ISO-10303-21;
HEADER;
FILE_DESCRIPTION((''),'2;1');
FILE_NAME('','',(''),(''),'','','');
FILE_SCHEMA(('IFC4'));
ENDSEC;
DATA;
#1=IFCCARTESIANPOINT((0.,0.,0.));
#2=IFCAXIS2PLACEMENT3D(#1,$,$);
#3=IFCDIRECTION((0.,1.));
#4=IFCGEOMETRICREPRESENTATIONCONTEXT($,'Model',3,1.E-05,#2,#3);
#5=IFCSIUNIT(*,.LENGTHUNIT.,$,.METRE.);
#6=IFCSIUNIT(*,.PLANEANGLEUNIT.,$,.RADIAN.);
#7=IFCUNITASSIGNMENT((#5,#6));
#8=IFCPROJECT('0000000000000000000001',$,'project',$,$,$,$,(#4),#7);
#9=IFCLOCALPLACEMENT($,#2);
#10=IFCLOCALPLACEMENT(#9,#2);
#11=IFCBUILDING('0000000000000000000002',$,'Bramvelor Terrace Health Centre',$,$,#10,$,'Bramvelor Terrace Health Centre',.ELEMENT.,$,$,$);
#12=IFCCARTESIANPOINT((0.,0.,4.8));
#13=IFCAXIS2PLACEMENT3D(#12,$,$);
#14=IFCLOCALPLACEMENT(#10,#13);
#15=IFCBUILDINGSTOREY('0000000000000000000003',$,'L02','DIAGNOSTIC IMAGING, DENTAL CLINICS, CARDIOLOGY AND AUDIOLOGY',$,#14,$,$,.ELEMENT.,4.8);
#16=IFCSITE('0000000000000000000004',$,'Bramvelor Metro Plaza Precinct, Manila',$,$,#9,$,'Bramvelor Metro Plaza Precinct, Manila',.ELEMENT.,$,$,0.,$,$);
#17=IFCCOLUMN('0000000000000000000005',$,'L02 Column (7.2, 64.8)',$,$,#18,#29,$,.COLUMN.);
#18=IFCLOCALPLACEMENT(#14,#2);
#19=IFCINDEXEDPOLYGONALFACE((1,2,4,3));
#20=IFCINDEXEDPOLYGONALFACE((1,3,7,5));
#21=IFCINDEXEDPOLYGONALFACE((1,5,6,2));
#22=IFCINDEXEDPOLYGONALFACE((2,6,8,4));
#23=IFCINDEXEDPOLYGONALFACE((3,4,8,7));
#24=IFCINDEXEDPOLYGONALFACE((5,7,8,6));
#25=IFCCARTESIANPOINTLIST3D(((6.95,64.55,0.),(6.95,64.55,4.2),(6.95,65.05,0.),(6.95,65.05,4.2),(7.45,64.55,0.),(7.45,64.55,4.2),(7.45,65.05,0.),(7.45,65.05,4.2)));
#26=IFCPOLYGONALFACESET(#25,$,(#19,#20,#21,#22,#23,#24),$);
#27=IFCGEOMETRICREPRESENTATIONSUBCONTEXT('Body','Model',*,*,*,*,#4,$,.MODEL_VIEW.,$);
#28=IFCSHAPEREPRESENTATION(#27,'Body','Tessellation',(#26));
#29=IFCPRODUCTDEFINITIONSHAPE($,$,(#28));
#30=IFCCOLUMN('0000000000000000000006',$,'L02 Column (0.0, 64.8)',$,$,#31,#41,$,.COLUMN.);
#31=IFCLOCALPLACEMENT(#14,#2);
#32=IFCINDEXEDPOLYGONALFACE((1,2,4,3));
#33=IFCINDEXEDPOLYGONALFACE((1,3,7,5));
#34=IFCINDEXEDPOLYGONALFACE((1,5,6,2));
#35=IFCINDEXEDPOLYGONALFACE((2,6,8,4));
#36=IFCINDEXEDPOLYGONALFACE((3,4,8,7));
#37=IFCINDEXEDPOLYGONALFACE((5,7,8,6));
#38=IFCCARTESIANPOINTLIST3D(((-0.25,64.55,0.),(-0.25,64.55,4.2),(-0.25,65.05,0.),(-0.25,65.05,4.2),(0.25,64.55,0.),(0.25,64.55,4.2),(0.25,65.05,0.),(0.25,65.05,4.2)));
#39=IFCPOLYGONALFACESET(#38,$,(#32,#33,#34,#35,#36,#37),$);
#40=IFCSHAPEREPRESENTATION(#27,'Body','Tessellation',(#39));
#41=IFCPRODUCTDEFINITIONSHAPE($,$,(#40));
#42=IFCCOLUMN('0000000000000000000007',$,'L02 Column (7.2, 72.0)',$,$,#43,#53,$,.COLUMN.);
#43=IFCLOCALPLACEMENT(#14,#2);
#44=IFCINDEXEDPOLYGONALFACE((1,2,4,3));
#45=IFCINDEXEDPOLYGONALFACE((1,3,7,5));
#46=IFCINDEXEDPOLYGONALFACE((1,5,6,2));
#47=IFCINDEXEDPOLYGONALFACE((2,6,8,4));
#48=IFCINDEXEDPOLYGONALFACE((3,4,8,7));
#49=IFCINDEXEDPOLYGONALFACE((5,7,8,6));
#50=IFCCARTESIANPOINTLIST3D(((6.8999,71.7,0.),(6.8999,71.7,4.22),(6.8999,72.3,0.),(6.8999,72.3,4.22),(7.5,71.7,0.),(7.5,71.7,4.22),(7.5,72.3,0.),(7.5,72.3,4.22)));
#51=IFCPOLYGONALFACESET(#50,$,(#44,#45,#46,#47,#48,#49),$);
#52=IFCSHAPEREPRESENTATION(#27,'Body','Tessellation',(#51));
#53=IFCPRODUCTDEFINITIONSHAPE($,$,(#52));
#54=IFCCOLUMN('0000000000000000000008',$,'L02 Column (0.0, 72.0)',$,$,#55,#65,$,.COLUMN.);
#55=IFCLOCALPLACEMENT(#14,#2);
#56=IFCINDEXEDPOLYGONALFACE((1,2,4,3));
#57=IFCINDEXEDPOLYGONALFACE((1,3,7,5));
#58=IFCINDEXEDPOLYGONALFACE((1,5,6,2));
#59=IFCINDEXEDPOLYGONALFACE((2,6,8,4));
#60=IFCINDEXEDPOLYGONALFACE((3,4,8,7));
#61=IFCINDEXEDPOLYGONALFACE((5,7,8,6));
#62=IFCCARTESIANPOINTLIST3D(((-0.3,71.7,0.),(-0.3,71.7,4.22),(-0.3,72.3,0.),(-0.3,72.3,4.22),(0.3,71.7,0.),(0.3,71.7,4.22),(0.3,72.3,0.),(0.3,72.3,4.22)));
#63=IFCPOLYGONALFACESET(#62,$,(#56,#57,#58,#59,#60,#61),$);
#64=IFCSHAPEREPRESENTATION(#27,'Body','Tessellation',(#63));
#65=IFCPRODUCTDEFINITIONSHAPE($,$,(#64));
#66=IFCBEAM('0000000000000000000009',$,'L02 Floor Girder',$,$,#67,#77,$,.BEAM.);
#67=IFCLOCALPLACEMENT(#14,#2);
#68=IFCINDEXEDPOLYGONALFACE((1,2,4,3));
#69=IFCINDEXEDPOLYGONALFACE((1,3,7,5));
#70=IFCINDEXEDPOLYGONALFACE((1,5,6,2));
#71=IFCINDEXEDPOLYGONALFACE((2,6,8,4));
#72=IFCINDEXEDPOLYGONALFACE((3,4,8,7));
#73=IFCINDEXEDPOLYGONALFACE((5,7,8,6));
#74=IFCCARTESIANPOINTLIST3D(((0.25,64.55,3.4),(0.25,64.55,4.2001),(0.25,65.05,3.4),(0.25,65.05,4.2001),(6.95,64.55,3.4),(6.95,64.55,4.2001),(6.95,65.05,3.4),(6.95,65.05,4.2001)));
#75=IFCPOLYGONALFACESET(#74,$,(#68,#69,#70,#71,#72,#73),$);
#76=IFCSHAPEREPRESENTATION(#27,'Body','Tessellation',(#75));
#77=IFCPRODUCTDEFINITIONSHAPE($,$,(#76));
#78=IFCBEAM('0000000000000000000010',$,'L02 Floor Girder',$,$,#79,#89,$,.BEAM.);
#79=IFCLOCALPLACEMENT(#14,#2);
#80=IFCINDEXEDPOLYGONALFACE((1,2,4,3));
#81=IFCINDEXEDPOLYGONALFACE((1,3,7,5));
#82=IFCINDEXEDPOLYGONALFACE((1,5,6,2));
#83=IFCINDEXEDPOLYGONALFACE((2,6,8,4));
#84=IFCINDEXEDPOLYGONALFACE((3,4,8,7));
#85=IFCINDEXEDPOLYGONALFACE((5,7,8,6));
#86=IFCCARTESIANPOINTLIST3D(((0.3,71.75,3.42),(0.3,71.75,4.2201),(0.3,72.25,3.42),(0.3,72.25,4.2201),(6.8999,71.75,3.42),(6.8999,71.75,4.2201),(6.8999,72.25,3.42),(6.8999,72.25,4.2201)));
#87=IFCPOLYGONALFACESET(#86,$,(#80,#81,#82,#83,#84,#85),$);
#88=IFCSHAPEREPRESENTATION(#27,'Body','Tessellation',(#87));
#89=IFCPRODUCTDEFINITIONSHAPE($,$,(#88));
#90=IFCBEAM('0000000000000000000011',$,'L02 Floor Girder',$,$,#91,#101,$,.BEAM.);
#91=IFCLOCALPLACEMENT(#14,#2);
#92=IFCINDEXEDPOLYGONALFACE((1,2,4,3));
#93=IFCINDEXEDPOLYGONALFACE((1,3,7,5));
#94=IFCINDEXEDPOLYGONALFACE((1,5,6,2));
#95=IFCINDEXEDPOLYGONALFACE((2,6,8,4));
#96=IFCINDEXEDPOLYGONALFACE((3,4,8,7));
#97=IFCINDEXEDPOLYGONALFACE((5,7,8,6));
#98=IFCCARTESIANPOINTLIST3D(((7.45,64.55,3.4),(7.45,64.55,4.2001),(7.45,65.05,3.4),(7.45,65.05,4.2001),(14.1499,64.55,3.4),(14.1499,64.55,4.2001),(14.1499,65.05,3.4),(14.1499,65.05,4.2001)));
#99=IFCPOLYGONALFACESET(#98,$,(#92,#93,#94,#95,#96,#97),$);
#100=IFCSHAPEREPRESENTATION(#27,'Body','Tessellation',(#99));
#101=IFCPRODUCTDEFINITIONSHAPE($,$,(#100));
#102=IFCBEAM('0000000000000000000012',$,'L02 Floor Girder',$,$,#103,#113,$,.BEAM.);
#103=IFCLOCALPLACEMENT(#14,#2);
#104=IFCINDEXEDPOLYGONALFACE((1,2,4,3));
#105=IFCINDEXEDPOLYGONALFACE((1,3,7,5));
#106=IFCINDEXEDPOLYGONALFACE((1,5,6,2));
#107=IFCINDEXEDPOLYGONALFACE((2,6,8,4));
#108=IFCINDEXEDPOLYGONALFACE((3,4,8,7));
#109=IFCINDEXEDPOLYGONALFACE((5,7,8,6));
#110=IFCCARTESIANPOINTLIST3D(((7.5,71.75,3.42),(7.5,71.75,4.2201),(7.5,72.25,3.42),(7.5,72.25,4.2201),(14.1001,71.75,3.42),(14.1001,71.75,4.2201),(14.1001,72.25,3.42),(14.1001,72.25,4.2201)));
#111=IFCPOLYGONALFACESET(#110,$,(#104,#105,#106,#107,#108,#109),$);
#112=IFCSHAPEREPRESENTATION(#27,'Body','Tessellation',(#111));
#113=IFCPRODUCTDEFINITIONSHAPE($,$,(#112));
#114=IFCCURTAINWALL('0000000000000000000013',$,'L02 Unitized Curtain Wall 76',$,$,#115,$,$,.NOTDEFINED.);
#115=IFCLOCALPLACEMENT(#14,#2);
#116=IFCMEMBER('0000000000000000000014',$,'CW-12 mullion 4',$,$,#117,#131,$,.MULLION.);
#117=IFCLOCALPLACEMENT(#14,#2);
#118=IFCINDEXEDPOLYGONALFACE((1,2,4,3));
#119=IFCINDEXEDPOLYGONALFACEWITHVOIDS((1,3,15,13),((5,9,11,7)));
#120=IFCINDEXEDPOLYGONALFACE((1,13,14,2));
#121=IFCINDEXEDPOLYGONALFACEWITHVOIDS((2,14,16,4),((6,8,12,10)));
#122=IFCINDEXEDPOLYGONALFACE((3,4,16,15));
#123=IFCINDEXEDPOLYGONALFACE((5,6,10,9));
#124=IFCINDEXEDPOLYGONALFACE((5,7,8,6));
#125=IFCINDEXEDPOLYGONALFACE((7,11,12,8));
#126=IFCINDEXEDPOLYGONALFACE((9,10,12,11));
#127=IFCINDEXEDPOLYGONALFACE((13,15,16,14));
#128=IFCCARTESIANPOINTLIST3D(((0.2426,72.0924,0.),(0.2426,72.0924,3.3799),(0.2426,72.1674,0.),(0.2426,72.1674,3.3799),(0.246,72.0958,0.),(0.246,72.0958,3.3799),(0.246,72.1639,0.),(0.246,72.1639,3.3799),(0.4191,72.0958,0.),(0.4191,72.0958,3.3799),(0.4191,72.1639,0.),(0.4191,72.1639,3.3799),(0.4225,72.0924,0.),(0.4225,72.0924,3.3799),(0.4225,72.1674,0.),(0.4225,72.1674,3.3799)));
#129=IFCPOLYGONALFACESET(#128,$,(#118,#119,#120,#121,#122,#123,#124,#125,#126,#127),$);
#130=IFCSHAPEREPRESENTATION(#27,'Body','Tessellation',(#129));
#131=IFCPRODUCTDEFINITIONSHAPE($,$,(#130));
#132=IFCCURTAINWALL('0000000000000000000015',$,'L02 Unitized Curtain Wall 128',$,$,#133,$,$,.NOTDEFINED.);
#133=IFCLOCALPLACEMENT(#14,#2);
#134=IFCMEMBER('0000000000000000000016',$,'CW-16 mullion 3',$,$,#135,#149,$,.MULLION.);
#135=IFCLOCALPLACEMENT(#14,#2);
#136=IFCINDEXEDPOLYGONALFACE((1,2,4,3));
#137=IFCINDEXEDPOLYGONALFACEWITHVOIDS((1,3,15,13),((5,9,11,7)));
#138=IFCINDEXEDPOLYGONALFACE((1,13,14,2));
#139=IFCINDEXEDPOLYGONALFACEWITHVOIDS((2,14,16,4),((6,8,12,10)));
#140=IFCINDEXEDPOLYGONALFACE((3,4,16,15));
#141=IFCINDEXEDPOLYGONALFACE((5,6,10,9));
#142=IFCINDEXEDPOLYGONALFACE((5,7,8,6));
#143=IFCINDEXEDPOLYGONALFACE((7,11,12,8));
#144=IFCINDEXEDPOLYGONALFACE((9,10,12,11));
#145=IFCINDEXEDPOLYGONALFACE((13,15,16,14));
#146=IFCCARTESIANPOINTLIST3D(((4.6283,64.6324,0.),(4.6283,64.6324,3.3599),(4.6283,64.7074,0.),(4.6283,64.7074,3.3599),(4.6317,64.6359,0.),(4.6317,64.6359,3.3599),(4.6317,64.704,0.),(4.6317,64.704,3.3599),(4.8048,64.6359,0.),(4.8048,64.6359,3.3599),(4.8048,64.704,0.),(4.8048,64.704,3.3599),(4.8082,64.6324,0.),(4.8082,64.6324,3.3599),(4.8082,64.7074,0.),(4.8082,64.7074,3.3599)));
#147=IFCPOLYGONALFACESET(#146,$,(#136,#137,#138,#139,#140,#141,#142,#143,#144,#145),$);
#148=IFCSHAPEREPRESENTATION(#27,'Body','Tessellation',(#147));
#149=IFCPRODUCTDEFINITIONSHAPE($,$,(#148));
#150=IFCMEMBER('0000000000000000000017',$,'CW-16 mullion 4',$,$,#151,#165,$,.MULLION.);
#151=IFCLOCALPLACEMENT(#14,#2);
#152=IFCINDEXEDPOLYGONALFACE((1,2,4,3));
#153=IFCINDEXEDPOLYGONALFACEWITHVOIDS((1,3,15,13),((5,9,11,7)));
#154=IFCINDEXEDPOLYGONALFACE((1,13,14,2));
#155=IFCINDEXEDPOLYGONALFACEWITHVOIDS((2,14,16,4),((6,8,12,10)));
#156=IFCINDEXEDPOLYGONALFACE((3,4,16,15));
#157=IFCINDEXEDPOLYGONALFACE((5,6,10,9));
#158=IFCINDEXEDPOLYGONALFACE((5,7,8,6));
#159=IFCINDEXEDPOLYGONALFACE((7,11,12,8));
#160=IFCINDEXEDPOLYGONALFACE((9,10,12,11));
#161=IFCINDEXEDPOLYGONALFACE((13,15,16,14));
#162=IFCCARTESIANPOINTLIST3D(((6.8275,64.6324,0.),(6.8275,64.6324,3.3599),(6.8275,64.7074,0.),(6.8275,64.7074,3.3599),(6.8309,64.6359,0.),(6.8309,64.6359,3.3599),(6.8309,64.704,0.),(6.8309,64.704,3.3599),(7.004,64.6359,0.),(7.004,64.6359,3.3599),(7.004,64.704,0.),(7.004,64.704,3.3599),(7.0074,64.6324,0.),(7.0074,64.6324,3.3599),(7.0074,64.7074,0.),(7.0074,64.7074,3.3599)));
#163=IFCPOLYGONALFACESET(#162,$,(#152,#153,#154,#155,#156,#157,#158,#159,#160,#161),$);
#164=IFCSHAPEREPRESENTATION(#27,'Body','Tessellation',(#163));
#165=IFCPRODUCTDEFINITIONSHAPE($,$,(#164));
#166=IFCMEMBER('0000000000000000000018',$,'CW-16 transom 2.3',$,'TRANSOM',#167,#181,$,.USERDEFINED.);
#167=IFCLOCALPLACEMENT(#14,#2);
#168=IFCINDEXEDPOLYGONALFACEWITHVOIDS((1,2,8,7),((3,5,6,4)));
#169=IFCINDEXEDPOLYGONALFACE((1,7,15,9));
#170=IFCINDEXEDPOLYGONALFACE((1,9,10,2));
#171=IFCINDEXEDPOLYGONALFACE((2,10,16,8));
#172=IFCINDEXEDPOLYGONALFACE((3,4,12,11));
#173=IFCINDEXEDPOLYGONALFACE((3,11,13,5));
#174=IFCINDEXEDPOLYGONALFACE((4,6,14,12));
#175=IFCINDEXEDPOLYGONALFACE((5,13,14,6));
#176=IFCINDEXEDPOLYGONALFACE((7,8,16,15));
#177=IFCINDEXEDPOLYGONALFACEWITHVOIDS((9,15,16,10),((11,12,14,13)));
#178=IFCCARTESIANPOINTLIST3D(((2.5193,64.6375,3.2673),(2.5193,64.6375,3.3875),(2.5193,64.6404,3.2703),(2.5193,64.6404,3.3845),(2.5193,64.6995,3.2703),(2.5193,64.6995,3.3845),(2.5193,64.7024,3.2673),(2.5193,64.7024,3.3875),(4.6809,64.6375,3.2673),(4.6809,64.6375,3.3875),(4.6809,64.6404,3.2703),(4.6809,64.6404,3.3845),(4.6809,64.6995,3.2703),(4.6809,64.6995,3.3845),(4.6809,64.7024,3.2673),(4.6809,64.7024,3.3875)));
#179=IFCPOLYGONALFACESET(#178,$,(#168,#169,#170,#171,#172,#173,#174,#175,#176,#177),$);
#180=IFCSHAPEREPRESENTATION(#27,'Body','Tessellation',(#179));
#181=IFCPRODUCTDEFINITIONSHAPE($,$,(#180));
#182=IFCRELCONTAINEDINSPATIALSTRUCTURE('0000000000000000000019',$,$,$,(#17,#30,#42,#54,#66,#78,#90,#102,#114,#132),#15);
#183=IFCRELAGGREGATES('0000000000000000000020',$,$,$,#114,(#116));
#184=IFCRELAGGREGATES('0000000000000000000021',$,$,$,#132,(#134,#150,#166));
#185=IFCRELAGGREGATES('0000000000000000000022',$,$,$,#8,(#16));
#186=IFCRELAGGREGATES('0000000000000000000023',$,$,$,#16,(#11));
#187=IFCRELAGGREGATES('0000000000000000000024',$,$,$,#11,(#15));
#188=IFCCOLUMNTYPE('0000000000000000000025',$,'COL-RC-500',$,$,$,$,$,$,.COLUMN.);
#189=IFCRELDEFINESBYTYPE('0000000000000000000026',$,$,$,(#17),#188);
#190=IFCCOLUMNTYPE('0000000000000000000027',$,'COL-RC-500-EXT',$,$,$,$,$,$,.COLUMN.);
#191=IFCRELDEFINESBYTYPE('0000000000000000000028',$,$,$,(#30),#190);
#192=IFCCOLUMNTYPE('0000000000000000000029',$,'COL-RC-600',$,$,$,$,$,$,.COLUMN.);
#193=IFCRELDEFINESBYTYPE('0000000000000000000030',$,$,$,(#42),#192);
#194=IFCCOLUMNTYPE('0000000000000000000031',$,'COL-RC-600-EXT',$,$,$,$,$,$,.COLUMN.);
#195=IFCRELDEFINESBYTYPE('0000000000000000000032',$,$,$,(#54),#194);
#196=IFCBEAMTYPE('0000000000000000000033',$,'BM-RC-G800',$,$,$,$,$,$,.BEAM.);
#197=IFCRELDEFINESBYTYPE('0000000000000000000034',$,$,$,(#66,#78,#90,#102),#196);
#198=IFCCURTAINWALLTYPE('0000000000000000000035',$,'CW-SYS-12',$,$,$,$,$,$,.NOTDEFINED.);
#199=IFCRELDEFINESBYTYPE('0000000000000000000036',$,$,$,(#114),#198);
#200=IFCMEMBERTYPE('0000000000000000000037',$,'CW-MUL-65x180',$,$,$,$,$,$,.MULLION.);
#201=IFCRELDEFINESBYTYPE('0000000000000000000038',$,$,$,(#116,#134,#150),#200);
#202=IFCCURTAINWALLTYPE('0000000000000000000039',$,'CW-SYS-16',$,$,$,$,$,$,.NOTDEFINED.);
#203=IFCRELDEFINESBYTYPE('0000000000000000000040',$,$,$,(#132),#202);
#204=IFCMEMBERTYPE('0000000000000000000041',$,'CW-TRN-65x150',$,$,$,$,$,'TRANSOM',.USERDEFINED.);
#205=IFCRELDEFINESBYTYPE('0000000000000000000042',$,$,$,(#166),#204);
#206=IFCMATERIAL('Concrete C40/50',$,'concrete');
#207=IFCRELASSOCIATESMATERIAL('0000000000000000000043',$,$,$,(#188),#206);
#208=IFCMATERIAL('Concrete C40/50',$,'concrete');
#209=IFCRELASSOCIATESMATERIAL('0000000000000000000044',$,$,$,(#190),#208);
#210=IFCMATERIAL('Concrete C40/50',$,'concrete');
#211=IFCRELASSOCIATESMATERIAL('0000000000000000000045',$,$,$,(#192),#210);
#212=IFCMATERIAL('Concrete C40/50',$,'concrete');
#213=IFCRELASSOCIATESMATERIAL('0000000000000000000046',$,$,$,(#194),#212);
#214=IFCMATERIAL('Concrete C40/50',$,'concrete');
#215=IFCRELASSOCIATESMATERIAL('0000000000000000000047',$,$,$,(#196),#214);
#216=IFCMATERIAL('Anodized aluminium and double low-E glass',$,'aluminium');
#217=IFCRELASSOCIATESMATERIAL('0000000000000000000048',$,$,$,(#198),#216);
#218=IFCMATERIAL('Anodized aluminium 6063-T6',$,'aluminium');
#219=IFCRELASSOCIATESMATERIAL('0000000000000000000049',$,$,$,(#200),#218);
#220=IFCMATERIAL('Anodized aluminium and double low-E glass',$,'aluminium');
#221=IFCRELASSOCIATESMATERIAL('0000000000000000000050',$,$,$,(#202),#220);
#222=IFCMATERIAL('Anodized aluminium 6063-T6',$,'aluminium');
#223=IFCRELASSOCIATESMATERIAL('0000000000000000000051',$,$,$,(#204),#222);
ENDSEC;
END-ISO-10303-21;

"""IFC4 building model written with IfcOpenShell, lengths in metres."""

from ifc_helpers import new_model, si_unit, direction, frame, origin, origin_2d, place, context, subcontext, project, spatial, rectangle, hollow_rectangle, extrude, material, material_profile, profile_set, type_object, element, aggregate, save


model = new_model("IFC4")

# Units and contexts
model_context = context("Model", 3, precision=1e-05, world=origin(), true_north=direction((0.0, 1.0)))
body_context = subcontext(model_context, "Body", "Model", "MODEL_VIEW")
ifc_project = project(units=[si_unit("LENGTHUNIT", "METRE"), si_unit("PLANEANGLEUNIT", "RADIAN")], contexts=[model_context])

# Site, building, storey
site_placement = place(None, origin())
site = spatial("IfcSite", under=ifc_project, at=site_placement, Name="Bramvelor Metro Plaza Precinct, Manila", LongName="Bramvelor Metro Plaza Precinct, Manila", CompositionType="ELEMENT", RefElevation=0.0)
building_placement = place(site_placement, origin())
building = spatial("IfcBuilding", under=site, at=building_placement, Name="Bramvelor Terrace Health Centre", LongName="Bramvelor Terrace Health Centre", CompositionType="ELEMENT")
storey_placement = place(building_placement, frame((0.0, 0.0, 4.8)))
storey = spatial("IfcBuildingStorey", under=building, at=storey_placement, Name="L02", Description="DIAGNOSTIC IMAGING, DENTAL CLINICS, CARDIOLOGY AND AUDIOLOGY", CompositionType="ELEMENT", Elevation=4.8)

# Columns
ifc_material_1 = material(Name="Concrete C40/50", Category="concrete")
ifc_material_profile_1 = material_profile(ifc_material_1, rectangle(XDim=0.5, YDim=0.5, at=origin_2d()), Name="RC 500x500")
ifc_profile_set_1 = profile_set([ifc_material_profile_1], Name="Concrete C40/50")
column_type_1 = type_object("IfcColumnType", Name="COL-RC-500", PredefinedType="COLUMN", material=ifc_profile_set_1)
column_1_placement = place(storey_placement, frame((7.2, 64.8, 0.0), z_axis=(0.0, 0.0, 1.0), x_axis=(1.0, 0.0, 0.0)))
element("IfcColumn", 1, at=column_1_placement, inside=storey, type_object=column_type_1, Name="L02 Column (7.2, 64.8)", PredefinedType="COLUMN", context=body_context, shape_type="SweptSolid", body=[
    extrude(rectangle(XDim=0.5, YDim=0.5, at=origin_2d()), origin(), (0.0, 0.0, 1.0), 4.2),
])
ifc_material_2 = material(Name="Concrete C40/50", Category="concrete")
ifc_material_profile_2 = material_profile(ifc_material_2, rectangle(XDim=0.5, YDim=0.5, at=origin_2d()), Name="RC 500x500")
ifc_profile_set_2 = profile_set([ifc_material_profile_2], Name="Concrete C40/50")
column_type_2 = type_object("IfcColumnType", Name="COL-RC-500-EXT", PredefinedType="COLUMN", material=ifc_profile_set_2)
column_2_placement = place(storey_placement, frame((0.0, 64.8, 0.0), z_axis=(0.0, 0.0, 1.0), x_axis=(1.0, 0.0, 0.0)))
element("IfcColumn", 2, at=column_2_placement, inside=storey, type_object=column_type_2, Name="L02 Column (0.0, 64.8)", PredefinedType="COLUMN", context=body_context, shape_type="SweptSolid", body=[
    extrude(rectangle(XDim=0.5, YDim=0.5, at=origin_2d()), origin(), (0.0, 0.0, 1.0), 4.2),
])
ifc_material_3 = material(Name="Concrete C40/50", Category="concrete")
ifc_material_profile_3 = material_profile(ifc_material_3, rectangle(XDim=0.6001, YDim=0.6001, at=origin_2d()), Name="RC 600x600")
ifc_profile_set_3 = profile_set([ifc_material_profile_3], Name="Concrete C40/50")
column_type_3 = type_object("IfcColumnType", Name="COL-RC-600", PredefinedType="COLUMN", material=ifc_profile_set_3)
column_3_placement = place(storey_placement, frame((7.2, 72.0, 0.0), z_axis=(0.0, 0.0, 1.0), x_axis=(1.0, 0.0, 0.0)))
element("IfcColumn", 3, at=column_3_placement, inside=storey, type_object=column_type_3, Name="L02 Column (7.2, 72.0)", PredefinedType="COLUMN", context=body_context, shape_type="SweptSolid", body=[
    extrude(rectangle(XDim=0.6001, YDim=0.6001, at=origin_2d()), origin(), (0.0, 0.0, 1.0), 4.22),
])
ifc_material_4 = material(Name="Concrete C40/50", Category="concrete")
ifc_material_profile_4 = material_profile(ifc_material_4, rectangle(XDim=0.6001, YDim=0.6001, at=origin_2d()), Name="RC 600x600")
ifc_profile_set_4 = profile_set([ifc_material_profile_4], Name="Concrete C40/50")
column_type_4 = type_object("IfcColumnType", Name="COL-RC-600-EXT", PredefinedType="COLUMN", material=ifc_profile_set_4)
column_4_placement = place(storey_placement, frame((0.0, 72.0, 0.0), z_axis=(0.0, 0.0, 1.0), x_axis=(1.0, 0.0, 0.0)))
element("IfcColumn", 4, at=column_4_placement, inside=storey, type_object=column_type_4, Name="L02 Column (0.0, 72.0)", PredefinedType="COLUMN", context=body_context, shape_type="SweptSolid", body=[
    extrude(rectangle(XDim=0.6001, YDim=0.6001, at=origin_2d()), origin(), (0.0, 0.0, 1.0), 4.22),
])

# Beams
ifc_material_5 = material(Name="Concrete C40/50", Category="concrete")
ifc_material_profile_5 = material_profile(ifc_material_5, rectangle(XDim=0.5, YDim=0.8, at=origin_2d()), Name="RC 500x800")
ifc_profile_set_5 = profile_set([ifc_material_profile_5], Name="Concrete C40/50")
beam_type = type_object("IfcBeamType", Name="BM-RC-G800", PredefinedType="BEAM", material=ifc_profile_set_5)
beam_1_placement = place(storey_placement, frame((0.25, 64.8, 3.8), z_axis=(1.0, 0.0, 0.0), x_axis=(0.0, 1.0, 0.0)))
element("IfcBeam", 5, at=beam_1_placement, inside=storey, type_object=beam_type, Name="L02 Floor Girder", PredefinedType="BEAM", context=body_context, shape_type="SweptSolid", body=[
    extrude(rectangle(XDim=0.5, YDim=0.8, at=origin_2d()), origin(), (0.0, 0.0, 1.0), 6.7),
])
beam_2_placement = place(storey_placement, frame((0.3, 72.0, 3.8201), z_axis=(1.0, 0.0, 0.0), x_axis=(0.0, 1.0, 0.0)))
element("IfcBeam", 6, at=beam_2_placement, inside=storey, type_object=beam_type, Name="L02 Floor Girder", PredefinedType="BEAM", context=body_context, shape_type="SweptSolid", body=[
    extrude(rectangle(XDim=0.5, YDim=0.8, at=origin_2d()), origin(), (0.0, 0.0, 1.0), 6.5999),
])
beam_3_placement = place(storey_placement, frame((7.45, 64.8, 3.8), z_axis=(1.0, 0.0, 0.0), x_axis=(0.0, 1.0, 0.0)))
element("IfcBeam", 7, at=beam_3_placement, inside=storey, type_object=beam_type, Name="L02 Floor Girder", PredefinedType="BEAM", context=body_context, shape_type="SweptSolid", body=[
    extrude(rectangle(XDim=0.5, YDim=0.8, at=origin_2d()), origin(), (0.0, 0.0, 1.0), 6.7),
])
beam_4_placement = place(storey_placement, frame((7.5, 72.0, 3.8201), z_axis=(1.0, 0.0, 0.0), x_axis=(0.0, 1.0, 0.0)))
element("IfcBeam", 8, at=beam_4_placement, inside=storey, type_object=beam_type, Name="L02 Floor Girder", PredefinedType="BEAM", context=body_context, shape_type="SweptSolid", body=[
    extrude(rectangle(XDim=0.5, YDim=0.8, at=origin_2d()), origin(), (0.0, 0.0, 1.0), 6.6001),
])

# Curtain wall, member
ifc_material_6 = material(Name="Anodized aluminium and double low-E glass", Category="aluminium")
curtain_wall_type_1 = type_object("IfcCurtainWallType", Name="CW-SYS-12", PredefinedType="NOTDEFINED", material=ifc_material_6)
curtain_wall_1_placement = place(storey_placement, origin())
curtain_wall_1 = element("IfcCurtainWall", 9, at=curtain_wall_1_placement, inside=storey, type_object=curtain_wall_type_1, Name="L02 Unitized Curtain Wall 76", PredefinedType="NOTDEFINED")
ifc_material_7 = material(Name="Anodized aluminium 6063-T6", Category="aluminium")
ifc_material_profile_6 = material_profile(ifc_material_7, hollow_rectangle(XDim=0.075, YDim=0.1799, WallThickness=0.0034, at=origin_2d()), Name="ALU-MUL 75x180x3.5")
ifc_profile_set_6 = profile_set([ifc_material_profile_6], Name="Anodized aluminium 6063-T6")
member_type_1 = type_object("IfcMemberType", Name="CW-MUL-65x180", PredefinedType="MULLION", material=ifc_profile_set_6)
member_1_placement = place(storey_placement, frame((0.3325, 72.1299, 0.0), z_axis=(0.0, 0.0, 1.0), x_axis=(0.0, -1.0, 0.0)))
member_1 = element("IfcMember", 10, at=member_1_placement, type_object=member_type_1, Name="CW-12 mullion 4", PredefinedType="MULLION", context=body_context, shape_type="SweptSolid", body=[
    extrude(hollow_rectangle(XDim=0.075, YDim=0.1799, WallThickness=0.0034, at=origin_2d()), origin(), (0.0, 0.0, 1.0), 3.3799),
])
aggregate(curtain_wall_1, [member_1])

# Curtain wall, members
ifc_material_8 = material(Name="Anodized aluminium and double low-E glass", Category="aluminium")
curtain_wall_type_2 = type_object("IfcCurtainWallType", Name="CW-SYS-16", PredefinedType="NOTDEFINED", material=ifc_material_8)
curtain_wall_2_placement = place(storey_placement, origin())
curtain_wall_2 = element("IfcCurtainWall", 11, at=curtain_wall_2_placement, inside=storey, type_object=curtain_wall_type_2, Name="L02 Unitized Curtain Wall 128", PredefinedType="NOTDEFINED")
member_2_placement = place(storey_placement, frame((4.7183, 64.6699, 0.0), z_axis=(0.0, 0.0, 1.0), x_axis=(0.0, 1.0, 0.0)))
member_2 = element("IfcMember", 12, at=member_2_placement, type_object=member_type_1, Name="CW-16 mullion 3", PredefinedType="MULLION", context=body_context, shape_type="SweptSolid", body=[
    extrude(hollow_rectangle(XDim=0.075, YDim=0.1799, WallThickness=0.0034, at=origin_2d()), origin(), (0.0, 0.0, 1.0), 3.3599),
])
member_3_placement = place(storey_placement, frame((6.9175, 64.6699, 0.0), z_axis=(0.0, 0.0, 1.0), x_axis=(0.0, 1.0, 0.0)))
member_3 = element("IfcMember", 13, at=member_3_placement, type_object=member_type_1, Name="CW-16 mullion 4", PredefinedType="MULLION", context=body_context, shape_type="SweptSolid", body=[
    extrude(hollow_rectangle(XDim=0.075, YDim=0.1799, WallThickness=0.0034, at=origin_2d()), origin(), (0.0, 0.0, 1.0), 3.3599),
])
ifc_material_9 = material(Name="Anodized aluminium 6063-T6", Category="aluminium")
ifc_material_profile_7 = material_profile(ifc_material_9, hollow_rectangle(XDim=0.0649, YDim=0.1201, WallThickness=0.0029, at=origin_2d()), Name="ALU-TRN 65x120x3.0")
ifc_profile_set_7 = profile_set([ifc_material_profile_7], Name="Anodized aluminium 6063-T6")
member_type_2 = type_object("IfcMemberType", Name="CW-TRN-65x150", ElementType="TRANSOM", PredefinedType="USERDEFINED", material=ifc_profile_set_7)
member_4_placement = place(storey_placement, frame((2.5193, 64.6699, 3.3274), z_axis=(1.0, 0.0, 0.0), x_axis=(0.0, 1.0, 0.0)))
member_4 = element("IfcMember", 14, at=member_4_placement, type_object=member_type_2, Name="CW-16 transom 2.3", ObjectType="TRANSOM", PredefinedType="USERDEFINED", context=body_context, shape_type="SweptSolid", body=[
    extrude(hollow_rectangle(XDim=0.0649, YDim=0.1201, WallThickness=0.0029, at=origin_2d()), origin(), (0.0, 0.0, 1.0), 2.1616),
])
aggregate(curtain_wall_2, [member_2, member_3, member_4])

save(model, "model.ifc")
